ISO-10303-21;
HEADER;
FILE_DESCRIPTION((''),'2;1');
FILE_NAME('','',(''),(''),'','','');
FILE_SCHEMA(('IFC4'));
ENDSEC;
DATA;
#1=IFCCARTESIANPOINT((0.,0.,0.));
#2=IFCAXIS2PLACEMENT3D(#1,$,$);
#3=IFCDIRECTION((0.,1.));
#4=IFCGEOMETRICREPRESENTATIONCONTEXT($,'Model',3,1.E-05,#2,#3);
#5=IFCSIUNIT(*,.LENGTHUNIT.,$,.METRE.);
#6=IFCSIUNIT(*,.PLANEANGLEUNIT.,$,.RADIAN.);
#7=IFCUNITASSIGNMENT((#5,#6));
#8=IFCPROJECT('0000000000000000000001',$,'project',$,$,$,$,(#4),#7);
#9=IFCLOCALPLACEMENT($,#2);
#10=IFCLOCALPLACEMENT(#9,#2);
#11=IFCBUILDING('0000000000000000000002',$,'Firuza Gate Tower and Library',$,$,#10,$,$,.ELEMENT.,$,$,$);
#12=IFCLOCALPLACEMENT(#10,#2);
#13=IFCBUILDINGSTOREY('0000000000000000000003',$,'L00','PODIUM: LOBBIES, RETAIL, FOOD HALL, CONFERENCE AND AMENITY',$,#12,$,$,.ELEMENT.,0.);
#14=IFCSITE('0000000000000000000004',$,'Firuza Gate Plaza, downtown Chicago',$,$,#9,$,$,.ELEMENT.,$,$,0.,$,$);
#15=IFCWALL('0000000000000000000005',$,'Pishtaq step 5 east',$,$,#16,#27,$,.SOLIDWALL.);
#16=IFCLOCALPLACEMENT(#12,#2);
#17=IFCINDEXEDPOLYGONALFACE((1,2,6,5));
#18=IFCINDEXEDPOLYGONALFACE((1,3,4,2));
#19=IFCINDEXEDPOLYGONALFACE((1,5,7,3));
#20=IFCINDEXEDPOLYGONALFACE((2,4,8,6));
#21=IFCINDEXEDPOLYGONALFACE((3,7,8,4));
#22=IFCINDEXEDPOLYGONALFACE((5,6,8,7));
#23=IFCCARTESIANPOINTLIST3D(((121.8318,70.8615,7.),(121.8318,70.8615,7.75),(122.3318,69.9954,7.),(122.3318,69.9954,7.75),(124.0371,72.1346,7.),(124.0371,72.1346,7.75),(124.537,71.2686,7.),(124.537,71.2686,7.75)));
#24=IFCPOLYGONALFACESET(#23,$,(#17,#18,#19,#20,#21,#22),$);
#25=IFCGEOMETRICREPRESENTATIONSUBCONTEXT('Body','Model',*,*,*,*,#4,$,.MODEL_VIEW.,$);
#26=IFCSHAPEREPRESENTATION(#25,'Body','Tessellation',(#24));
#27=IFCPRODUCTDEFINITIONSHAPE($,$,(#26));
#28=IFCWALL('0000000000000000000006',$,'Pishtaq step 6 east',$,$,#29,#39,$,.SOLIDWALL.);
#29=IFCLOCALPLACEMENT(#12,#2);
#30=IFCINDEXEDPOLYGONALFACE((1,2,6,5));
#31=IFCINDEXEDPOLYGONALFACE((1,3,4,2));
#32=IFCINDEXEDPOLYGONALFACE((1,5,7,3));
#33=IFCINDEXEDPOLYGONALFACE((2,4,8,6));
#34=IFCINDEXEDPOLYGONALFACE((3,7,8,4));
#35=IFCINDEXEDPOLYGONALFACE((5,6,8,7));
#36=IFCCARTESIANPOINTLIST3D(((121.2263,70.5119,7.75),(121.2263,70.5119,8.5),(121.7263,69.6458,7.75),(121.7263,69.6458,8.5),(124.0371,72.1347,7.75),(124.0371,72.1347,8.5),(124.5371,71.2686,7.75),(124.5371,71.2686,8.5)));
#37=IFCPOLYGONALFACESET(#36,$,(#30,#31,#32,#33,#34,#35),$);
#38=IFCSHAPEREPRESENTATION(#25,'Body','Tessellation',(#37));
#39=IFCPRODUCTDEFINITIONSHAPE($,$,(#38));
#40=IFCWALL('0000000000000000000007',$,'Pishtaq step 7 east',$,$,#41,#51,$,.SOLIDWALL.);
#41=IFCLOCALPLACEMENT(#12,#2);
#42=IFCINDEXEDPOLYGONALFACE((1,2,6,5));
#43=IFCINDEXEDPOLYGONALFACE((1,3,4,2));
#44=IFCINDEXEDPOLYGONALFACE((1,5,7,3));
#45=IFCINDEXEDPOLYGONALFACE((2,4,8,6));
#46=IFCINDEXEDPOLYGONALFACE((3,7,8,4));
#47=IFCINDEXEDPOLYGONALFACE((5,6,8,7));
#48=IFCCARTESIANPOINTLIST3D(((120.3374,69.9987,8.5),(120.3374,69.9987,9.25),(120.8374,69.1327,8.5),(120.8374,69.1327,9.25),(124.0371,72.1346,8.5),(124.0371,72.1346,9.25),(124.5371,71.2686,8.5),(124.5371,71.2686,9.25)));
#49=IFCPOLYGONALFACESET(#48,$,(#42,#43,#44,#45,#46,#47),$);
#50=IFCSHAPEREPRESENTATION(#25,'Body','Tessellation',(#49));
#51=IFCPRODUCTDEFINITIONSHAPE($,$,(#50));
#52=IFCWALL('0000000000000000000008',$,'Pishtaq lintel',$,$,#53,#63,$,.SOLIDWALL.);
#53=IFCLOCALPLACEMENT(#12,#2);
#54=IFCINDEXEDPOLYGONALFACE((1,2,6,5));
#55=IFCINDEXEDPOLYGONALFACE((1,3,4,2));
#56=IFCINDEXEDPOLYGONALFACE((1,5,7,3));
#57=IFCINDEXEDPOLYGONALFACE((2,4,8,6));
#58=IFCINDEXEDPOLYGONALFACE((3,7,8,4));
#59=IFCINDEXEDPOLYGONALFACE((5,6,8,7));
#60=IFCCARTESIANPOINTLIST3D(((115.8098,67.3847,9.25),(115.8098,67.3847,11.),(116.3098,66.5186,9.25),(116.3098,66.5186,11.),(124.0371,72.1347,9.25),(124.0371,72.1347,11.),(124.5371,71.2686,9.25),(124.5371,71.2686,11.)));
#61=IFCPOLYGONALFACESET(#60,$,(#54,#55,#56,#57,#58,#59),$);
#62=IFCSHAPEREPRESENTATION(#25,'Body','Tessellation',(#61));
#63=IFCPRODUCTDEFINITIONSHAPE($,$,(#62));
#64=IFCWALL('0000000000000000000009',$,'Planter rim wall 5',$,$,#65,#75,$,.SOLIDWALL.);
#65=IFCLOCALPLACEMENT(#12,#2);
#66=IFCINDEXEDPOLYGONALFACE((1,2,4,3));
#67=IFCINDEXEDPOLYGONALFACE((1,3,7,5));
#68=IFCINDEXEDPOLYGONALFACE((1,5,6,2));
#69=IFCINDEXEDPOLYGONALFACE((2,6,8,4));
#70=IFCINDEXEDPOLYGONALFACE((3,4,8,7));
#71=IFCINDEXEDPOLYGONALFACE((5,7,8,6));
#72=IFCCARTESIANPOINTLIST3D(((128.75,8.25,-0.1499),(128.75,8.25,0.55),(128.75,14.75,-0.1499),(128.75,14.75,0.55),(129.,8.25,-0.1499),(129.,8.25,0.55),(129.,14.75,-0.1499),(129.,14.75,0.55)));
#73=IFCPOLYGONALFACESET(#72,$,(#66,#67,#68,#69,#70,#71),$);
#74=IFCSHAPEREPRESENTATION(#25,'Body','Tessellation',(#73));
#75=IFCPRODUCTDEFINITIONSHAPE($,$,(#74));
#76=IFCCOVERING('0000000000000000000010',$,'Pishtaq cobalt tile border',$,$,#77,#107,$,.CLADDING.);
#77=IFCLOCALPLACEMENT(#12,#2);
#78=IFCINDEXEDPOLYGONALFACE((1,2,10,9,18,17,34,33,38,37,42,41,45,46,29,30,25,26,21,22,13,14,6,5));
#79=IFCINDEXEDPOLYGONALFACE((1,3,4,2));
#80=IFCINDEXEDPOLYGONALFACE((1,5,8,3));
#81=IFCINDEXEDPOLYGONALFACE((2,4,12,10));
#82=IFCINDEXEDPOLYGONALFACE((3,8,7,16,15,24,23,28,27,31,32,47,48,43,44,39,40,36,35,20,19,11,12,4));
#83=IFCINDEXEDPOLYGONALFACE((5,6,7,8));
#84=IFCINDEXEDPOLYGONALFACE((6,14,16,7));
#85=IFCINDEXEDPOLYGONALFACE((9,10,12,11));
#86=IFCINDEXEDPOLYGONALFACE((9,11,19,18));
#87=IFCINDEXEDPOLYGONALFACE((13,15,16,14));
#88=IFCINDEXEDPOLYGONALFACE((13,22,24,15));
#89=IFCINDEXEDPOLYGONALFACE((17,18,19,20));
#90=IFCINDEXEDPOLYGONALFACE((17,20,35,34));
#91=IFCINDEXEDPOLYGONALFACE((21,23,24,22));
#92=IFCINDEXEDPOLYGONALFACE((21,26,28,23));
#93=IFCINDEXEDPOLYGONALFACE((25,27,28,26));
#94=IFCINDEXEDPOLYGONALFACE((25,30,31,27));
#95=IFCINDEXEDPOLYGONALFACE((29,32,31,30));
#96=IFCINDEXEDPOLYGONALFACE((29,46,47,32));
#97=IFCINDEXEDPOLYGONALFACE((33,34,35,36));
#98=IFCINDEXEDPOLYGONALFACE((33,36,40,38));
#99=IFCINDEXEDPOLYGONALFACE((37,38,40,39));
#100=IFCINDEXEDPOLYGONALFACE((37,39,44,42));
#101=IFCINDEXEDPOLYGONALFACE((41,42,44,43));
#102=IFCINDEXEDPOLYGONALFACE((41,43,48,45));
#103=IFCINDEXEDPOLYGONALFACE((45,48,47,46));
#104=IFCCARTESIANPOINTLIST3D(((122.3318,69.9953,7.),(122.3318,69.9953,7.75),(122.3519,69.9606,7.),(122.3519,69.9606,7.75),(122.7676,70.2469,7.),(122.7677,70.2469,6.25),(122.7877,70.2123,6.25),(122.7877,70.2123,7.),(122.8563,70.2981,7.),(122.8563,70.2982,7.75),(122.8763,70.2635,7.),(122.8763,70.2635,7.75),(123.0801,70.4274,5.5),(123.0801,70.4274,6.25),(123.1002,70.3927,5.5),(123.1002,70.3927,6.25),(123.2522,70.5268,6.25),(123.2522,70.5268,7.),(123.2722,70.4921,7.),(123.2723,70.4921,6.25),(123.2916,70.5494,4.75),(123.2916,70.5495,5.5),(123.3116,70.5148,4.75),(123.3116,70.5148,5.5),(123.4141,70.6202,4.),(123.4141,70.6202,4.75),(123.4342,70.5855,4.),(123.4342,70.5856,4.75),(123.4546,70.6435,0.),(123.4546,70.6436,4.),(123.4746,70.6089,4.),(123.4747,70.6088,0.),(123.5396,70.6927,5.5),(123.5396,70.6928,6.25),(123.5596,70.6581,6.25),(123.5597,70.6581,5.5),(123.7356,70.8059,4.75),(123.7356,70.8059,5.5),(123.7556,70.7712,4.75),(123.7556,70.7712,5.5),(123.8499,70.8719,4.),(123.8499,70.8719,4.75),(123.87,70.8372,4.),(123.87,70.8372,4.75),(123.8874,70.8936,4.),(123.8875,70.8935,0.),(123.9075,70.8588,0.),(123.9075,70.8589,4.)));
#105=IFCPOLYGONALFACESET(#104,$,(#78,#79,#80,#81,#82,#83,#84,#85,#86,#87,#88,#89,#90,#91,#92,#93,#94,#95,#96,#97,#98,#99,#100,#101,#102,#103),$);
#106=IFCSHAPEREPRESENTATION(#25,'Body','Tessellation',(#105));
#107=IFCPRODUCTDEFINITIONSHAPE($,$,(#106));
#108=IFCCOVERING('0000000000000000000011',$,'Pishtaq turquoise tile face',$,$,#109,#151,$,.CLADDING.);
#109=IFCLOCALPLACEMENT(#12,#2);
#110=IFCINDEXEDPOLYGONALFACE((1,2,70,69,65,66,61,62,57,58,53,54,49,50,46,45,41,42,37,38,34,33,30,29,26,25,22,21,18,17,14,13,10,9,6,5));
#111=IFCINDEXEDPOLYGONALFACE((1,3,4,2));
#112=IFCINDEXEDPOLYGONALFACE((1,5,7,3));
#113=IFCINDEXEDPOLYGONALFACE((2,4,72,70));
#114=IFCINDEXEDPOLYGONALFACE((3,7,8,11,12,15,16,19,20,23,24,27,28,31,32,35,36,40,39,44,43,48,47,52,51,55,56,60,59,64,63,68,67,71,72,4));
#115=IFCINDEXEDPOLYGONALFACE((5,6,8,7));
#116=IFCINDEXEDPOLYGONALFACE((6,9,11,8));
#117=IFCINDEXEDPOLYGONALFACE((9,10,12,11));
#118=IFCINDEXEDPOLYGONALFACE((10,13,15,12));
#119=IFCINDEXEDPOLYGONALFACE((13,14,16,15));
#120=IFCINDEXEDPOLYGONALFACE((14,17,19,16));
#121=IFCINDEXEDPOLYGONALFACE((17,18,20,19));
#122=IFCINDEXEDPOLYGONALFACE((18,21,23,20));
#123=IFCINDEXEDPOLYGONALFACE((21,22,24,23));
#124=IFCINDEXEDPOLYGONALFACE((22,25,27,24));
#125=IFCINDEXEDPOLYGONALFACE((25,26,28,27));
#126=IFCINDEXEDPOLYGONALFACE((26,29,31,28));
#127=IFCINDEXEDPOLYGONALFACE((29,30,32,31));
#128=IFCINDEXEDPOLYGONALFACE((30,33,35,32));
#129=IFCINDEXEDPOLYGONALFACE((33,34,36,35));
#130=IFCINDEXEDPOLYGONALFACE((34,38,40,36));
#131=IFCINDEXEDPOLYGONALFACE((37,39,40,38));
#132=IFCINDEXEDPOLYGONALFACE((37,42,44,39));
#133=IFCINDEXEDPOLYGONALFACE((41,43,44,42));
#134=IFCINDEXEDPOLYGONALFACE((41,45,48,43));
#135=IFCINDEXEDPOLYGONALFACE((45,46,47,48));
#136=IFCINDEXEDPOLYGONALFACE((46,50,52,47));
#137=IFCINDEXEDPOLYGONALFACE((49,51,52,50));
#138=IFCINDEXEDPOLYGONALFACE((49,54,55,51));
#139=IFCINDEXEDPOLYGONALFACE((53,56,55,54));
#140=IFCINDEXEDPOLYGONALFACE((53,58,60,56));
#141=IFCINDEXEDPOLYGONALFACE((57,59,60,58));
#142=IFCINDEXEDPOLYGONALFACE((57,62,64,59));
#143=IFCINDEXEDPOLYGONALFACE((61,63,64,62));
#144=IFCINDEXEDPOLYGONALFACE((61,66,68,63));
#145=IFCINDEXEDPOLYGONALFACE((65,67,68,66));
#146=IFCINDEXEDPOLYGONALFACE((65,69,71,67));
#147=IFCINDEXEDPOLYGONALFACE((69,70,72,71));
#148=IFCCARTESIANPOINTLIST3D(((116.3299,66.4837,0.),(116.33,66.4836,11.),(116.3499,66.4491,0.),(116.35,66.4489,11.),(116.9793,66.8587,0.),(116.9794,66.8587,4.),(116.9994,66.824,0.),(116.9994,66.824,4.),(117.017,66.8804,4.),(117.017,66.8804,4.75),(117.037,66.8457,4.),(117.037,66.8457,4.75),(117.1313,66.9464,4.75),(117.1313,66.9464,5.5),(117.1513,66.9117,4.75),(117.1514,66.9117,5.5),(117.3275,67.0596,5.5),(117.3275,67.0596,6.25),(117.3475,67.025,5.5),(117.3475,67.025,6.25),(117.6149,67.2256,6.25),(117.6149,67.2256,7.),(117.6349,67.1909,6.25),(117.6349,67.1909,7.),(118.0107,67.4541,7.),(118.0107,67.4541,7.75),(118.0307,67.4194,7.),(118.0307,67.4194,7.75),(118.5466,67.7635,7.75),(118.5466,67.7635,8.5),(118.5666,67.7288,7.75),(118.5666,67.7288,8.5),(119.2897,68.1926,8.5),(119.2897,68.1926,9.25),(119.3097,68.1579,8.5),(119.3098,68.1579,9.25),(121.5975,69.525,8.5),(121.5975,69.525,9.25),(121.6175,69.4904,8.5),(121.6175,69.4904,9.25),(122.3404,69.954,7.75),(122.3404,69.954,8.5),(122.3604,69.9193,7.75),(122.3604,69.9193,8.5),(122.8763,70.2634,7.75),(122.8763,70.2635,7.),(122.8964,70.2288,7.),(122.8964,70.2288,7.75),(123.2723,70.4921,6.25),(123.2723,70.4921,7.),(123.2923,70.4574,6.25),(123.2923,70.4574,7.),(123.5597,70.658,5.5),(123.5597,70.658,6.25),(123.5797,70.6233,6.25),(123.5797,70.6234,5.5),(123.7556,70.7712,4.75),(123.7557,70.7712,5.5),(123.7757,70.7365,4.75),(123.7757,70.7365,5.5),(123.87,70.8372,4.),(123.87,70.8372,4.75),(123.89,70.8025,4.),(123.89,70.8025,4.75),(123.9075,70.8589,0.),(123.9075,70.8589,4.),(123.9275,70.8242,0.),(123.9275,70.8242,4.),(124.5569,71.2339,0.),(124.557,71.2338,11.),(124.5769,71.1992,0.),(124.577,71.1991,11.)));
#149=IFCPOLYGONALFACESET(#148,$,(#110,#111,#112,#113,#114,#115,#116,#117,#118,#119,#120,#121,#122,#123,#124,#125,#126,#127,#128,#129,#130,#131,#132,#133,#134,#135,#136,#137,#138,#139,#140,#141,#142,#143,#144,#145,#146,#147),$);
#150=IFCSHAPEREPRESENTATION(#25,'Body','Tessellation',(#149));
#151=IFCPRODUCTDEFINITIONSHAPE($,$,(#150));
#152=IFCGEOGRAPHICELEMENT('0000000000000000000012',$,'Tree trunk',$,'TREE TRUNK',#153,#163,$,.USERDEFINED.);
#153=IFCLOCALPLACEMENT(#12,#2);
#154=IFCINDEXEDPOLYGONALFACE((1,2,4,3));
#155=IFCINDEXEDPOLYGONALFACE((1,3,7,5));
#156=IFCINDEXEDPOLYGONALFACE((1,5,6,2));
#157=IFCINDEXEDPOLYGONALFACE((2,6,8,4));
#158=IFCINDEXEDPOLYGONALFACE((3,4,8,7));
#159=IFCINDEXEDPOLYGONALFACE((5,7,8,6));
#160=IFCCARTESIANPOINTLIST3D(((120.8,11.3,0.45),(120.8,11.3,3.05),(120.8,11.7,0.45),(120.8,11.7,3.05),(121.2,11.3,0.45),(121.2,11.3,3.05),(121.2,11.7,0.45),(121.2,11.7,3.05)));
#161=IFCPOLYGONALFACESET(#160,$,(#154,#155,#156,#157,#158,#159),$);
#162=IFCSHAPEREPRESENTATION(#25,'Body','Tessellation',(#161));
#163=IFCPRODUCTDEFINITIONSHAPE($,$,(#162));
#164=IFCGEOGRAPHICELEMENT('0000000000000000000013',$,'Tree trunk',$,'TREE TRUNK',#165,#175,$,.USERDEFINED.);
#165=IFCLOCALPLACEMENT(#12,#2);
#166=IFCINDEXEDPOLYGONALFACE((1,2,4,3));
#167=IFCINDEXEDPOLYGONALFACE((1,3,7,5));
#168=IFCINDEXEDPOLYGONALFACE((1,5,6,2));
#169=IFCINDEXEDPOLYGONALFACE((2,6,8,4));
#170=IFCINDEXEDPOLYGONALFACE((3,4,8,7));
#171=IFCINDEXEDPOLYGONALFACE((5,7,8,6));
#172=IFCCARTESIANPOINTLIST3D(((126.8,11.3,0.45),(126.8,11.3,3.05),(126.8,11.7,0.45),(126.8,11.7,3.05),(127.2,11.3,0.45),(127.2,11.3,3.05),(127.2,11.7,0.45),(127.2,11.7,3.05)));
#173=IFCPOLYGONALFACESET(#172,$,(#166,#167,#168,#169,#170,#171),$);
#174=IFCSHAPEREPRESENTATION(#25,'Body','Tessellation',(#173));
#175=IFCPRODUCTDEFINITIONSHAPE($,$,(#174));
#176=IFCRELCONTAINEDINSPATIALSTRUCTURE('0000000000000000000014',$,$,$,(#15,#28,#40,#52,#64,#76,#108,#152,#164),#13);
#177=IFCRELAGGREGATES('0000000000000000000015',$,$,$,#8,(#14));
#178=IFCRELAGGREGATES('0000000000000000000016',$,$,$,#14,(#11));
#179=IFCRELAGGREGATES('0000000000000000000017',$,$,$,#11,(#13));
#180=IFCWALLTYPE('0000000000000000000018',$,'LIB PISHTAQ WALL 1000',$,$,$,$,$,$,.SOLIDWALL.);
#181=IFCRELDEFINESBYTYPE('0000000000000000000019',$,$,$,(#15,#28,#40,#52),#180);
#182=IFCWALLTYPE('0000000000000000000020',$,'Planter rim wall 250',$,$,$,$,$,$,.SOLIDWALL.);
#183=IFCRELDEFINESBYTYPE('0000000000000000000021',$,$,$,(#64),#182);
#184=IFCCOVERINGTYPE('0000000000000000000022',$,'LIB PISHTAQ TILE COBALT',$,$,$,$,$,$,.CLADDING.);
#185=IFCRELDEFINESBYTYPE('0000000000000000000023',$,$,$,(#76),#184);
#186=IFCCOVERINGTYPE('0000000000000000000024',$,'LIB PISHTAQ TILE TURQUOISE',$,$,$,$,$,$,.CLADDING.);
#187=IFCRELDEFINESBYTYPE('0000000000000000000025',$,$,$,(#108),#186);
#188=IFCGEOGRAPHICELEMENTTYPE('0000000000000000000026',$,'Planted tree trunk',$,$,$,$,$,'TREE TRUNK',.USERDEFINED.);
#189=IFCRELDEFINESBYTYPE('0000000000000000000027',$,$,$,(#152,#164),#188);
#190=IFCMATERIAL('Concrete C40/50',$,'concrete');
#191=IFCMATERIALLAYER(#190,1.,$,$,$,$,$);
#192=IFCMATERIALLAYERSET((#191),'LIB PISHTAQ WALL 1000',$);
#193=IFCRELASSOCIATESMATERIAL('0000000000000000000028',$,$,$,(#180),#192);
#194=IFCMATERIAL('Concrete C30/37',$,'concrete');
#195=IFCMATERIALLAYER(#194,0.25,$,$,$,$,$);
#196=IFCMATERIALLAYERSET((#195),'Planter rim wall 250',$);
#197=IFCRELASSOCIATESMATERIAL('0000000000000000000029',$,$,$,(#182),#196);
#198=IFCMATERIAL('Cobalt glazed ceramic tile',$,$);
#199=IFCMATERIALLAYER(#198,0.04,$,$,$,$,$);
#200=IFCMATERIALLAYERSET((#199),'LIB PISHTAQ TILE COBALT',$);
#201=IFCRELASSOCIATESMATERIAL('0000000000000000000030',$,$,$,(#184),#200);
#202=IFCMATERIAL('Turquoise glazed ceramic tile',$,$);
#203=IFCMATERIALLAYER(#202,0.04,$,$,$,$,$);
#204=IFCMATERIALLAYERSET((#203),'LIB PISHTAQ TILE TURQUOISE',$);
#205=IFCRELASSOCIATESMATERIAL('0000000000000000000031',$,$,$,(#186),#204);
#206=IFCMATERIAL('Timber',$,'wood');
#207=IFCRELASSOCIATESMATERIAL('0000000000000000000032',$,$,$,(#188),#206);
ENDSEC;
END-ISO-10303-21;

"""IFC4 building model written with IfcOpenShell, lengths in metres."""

from ifc_helpers import new_model, si_unit, direction, frame, frame_2d, origin, origin_2d, place, context, subcontext, project, spatial, polyline, rectangle, outline, extrude, material, layer, layer_set, type_object, element, save


model = new_model("IFC4")

# Units and contexts
model_context = context("Model", 3, precision=1e-05, world=origin(), true_north=direction((0.0, 1.0)))
body_context = subcontext(model_context, "Body", "Model", "MODEL_VIEW")
ifc_project = project(units=[si_unit("LENGTHUNIT", "METRE"), si_unit("PLANEANGLEUNIT", "RADIAN")], contexts=[model_context])

# Site, building, storey
site_placement = place(None, origin())
site = spatial("IfcSite", under=ifc_project, at=site_placement, Name="Firuza Gate Plaza, downtown Chicago", CompositionType="ELEMENT", RefElevation=0.0)
building_placement = place(site_placement, origin())
building = spatial("IfcBuilding", under=site, at=building_placement, Name="Firuza Gate Tower and Library", CompositionType="ELEMENT")
storey_placement = place(building_placement, origin())
storey = spatial("IfcBuildingStorey", under=building, at=storey_placement, Name="L00", Description="PODIUM: LOBBIES, RETAIL, FOOD HALL, CONFERENCE AND AMENITY", CompositionType="ELEMENT", Elevation=0.0)

# Walls
ifc_material_1 = material(Name="Concrete C40/50", Category="concrete")
ifc_layer_1 = layer(ifc_material_1, 1.0)
ifc_layer_set_1 = layer_set([ifc_layer_1], Name="LIB PISHTAQ WALL 1000")
wall_type_1 = type_object("IfcWallType", Name="LIB PISHTAQ WALL 1000", PredefinedType="SOLIDWALL", material=ifc_layer_set_1)
wall_1_placement = place(storey_placement, frame((122.0818, 70.4285, 7.0), z_axis=(0.0, 0.0, 1.0), x_axis=(0.866034, 0.499985, 0.0)))
element("IfcWall", 1, at=wall_1_placement, inside=storey, type_object=wall_type_1, Name="Pishtaq step 5 east", PredefinedType="SOLIDWALL", context=body_context, shape_type="SweptSolid", body=[
    extrude(rectangle(XDim=2.5464, YDim=1.0, at=frame_2d((1.2732, 0.0))), origin(), (0.0, 0.0, 1.0), 0.75),
])
wall_2_placement = place(storey_placement, frame((121.4763, 70.0789, 7.75), z_axis=(0.0, 0.0, 1.0), x_axis=(0.866026, 0.499998, 0.0)))
element("IfcWall", 2, at=wall_2_placement, inside=storey, type_object=wall_type_1, Name="Pishtaq step 6 east", PredefinedType="SOLIDWALL", context=body_context, shape_type="SweptSolid", body=[
    extrude(rectangle(XDim=3.2456, YDim=1.0, at=frame_2d((1.6228, 0.0))), origin(), (0.0, 0.0, 1.0), 0.75),
])
wall_3_placement = place(storey_placement, frame((120.5874, 69.5657, 8.5), z_axis=(0.0, 0.0, 1.0), x_axis=(0.86603, 0.499993, 0.0)))
element("IfcWall", 3, at=wall_3_placement, inside=storey, type_object=wall_type_1, Name="Pishtaq step 7 east", PredefinedType="SOLIDWALL", context=body_context, shape_type="SweptSolid", body=[
    extrude(rectangle(XDim=4.272, YDim=1.0, at=frame_2d((2.136, 0.0))), origin(), (0.0, 0.0, 1.0), 0.75),
])
wall_4_placement = place(storey_placement, frame((116.0598, 66.9517, 9.25), z_axis=(0.0, 0.0, 1.0), x_axis=(0.866027, 0.499998, 0.0)))
element("IfcWall", 4, at=wall_4_placement, inside=storey, type_object=wall_type_1, Name="Pishtaq lintel", PredefinedType="SOLIDWALL", context=body_context, shape_type="SweptSolid", body=[
    extrude(rectangle(XDim=9.5, YDim=1.0, at=frame_2d((4.75, 0.0))), origin(), (0.0, 0.0, 1.0), 1.75),
])
ifc_material_2 = material(Name="Concrete C30/37", Category="concrete")
ifc_layer_2 = layer(ifc_material_2, 0.25)
ifc_layer_set_2 = layer_set([ifc_layer_2], Name="Planter rim wall 250")
wall_type_2 = type_object("IfcWallType", Name="Planter rim wall 250", PredefinedType="SOLIDWALL", material=ifc_layer_set_2)
wall_5_placement = place(storey_placement, frame((128.875, 8.25, -0.1499), z_axis=(0.0, 0.0, 1.0), x_axis=(0.0, 1.0, 0.0)))
element("IfcWall", 5, at=wall_5_placement, inside=storey, type_object=wall_type_2, Name="Planter rim wall 5", PredefinedType="SOLIDWALL", context=body_context, shape_type="SweptSolid", body=[
    extrude(rectangle(XDim=6.5, YDim=0.25, at=frame_2d((3.25, 0.0))), origin(), (0.0, 0.0, 1.0), 0.7),
])

# Coverings
ifc_material_3 = material(Name="Cobalt glazed ceramic tile")
ifc_layer_3 = layer(ifc_material_3, 0.04)
ifc_layer_set_3 = layer_set([ifc_layer_3], Name="LIB PISHTAQ TILE COBALT")
covering_type_1 = type_object("IfcCoveringType", Name="LIB PISHTAQ TILE COBALT", PredefinedType="CLADDING", material=ifc_layer_set_3)
covering_1_placement = place(storey_placement, frame((123.9075, 70.8589, 4.0), z_axis=(0.500115, -0.865959, 0.000029), x_axis=(-0.865959, -0.500115, 0.0)))
element("IfcCovering", 6, at=covering_1_placement, inside=storey, type_object=covering_type_1, Name="Pishtaq cobalt tile border", PredefinedType="CLADDING", context=body_context, shape_type="SweptSolid", body=[
    extrude(outline(polyline([(0.0, 0.0), (0.0433, 0.0), (0.0433, -0.75), (0.1753, -0.75), (0.1753, -1.5), (0.4016, -1.5), (0.4016, -2.25), (0.7335, -2.25), (0.7335, -3.0), (1.1907, -3.0), (1.1907, -3.75), (1.7963, -3.75), (1.7963, -3.0), (1.2931, -3.0), (1.2931, -2.25), (0.9322, -2.25), (0.9322, -1.5), (0.6881, -1.5), (0.6881, -0.75), (0.5466, -0.75), (0.5466, 0.0), (0.4999, 0.0), (0.4999, 4.0), (0.0, 4.0), (0.0, 0.0)])), origin(), (0.0, 0.0, -1.0), 0.04),
])
ifc_material_4 = material(Name="Turquoise glazed ceramic tile")
ifc_layer_4 = layer(ifc_material_4, 0.04)
ifc_layer_set_4 = layer_set([ifc_layer_4], Name="LIB PISHTAQ TILE TURQUOISE")
covering_type_2 = type_object("IfcCoveringType", Name="LIB PISHTAQ TILE TURQUOISE", PredefinedType="CLADDING", material=ifc_layer_set_4)
covering_2_placement = place(storey_placement, frame((124.5569, 71.2339, 0.0), z_axis=(-0.500024, 0.866012, 0.000013), x_axis=(0.000007, -0.000011, 1.0)))
element("IfcCovering", 7, at=covering_2_placement, inside=storey, type_object=covering_type_2, Name="Pishtaq turquoise tile face", PredefinedType="CLADDING", context=body_context, shape_type="SweptSolid", body=[
    extrude(outline(polyline([(0.0, 0.0), (11.0, 0.0), (11.0, -9.4998), (0.0, -9.4998), (0.0, -8.7499), (4.0, -8.7499), (4.0, -8.7065), (4.75, -8.7065), (4.75, -8.5745), (5.5, -8.5745), (5.5, -8.348), (6.25, -8.348), (6.25, -8.0161), (7.0, -8.0161), (7.0, -7.5591), (7.75, -7.5591), (7.75, -6.9402), (8.5, -6.9402), (8.5, -6.0822), (9.25, -6.0822), (9.25, -3.4173), (8.5, -3.4173), (8.5, -2.5595), (7.75, -2.5595), (7.75, -1.9406), (7.0, -1.9406), (7.0, -1.4834), (6.25, -1.4834), (6.25, -1.1515), (5.5, -1.1515), (5.5, -0.9252), (4.75, -0.9252), (4.75, -0.7932), (4.0, -0.7932), (4.0, -0.7499), (0.0, -0.7499), (0.0, 0.0)])), origin(), (0.0, 0.0, -1.0), 0.04),
])

# Geographic elements
ifc_material_5 = material(Name="Timber", Category="wood")
geographic_element_type = type_object("IfcGeographicElementType", Name="Planted tree trunk", ElementType="TREE TRUNK", PredefinedType="USERDEFINED", material=ifc_material_5)
for number, where, z_axis, x_axis, name in (
    (8, (121.0, 11.5, 0.45), (0.0, 0.0, 1.0), (1.0, 0.0, 0.0), "Tree trunk"),
    (9, (127.0, 11.5, 0.45), (0.0, 0.0, 1.0), (1.0, 0.0, 0.0), "Tree trunk"),
):
    element("IfcGeographicElement", number, at=place(storey_placement, frame(where, z_axis=z_axis, x_axis=x_axis)), inside=storey, type_object=geographic_element_type, Name=name, ObjectType="TREE TRUNK", PredefinedType="USERDEFINED", context=body_context, shape_type="SweptSolid", body=[
        extrude(rectangle(XDim=0.3999, YDim=0.3999, at=origin_2d()), origin(), (0.0, 0.0, 1.0), 2.6001),
    ])

save(model, "model.ifc")
